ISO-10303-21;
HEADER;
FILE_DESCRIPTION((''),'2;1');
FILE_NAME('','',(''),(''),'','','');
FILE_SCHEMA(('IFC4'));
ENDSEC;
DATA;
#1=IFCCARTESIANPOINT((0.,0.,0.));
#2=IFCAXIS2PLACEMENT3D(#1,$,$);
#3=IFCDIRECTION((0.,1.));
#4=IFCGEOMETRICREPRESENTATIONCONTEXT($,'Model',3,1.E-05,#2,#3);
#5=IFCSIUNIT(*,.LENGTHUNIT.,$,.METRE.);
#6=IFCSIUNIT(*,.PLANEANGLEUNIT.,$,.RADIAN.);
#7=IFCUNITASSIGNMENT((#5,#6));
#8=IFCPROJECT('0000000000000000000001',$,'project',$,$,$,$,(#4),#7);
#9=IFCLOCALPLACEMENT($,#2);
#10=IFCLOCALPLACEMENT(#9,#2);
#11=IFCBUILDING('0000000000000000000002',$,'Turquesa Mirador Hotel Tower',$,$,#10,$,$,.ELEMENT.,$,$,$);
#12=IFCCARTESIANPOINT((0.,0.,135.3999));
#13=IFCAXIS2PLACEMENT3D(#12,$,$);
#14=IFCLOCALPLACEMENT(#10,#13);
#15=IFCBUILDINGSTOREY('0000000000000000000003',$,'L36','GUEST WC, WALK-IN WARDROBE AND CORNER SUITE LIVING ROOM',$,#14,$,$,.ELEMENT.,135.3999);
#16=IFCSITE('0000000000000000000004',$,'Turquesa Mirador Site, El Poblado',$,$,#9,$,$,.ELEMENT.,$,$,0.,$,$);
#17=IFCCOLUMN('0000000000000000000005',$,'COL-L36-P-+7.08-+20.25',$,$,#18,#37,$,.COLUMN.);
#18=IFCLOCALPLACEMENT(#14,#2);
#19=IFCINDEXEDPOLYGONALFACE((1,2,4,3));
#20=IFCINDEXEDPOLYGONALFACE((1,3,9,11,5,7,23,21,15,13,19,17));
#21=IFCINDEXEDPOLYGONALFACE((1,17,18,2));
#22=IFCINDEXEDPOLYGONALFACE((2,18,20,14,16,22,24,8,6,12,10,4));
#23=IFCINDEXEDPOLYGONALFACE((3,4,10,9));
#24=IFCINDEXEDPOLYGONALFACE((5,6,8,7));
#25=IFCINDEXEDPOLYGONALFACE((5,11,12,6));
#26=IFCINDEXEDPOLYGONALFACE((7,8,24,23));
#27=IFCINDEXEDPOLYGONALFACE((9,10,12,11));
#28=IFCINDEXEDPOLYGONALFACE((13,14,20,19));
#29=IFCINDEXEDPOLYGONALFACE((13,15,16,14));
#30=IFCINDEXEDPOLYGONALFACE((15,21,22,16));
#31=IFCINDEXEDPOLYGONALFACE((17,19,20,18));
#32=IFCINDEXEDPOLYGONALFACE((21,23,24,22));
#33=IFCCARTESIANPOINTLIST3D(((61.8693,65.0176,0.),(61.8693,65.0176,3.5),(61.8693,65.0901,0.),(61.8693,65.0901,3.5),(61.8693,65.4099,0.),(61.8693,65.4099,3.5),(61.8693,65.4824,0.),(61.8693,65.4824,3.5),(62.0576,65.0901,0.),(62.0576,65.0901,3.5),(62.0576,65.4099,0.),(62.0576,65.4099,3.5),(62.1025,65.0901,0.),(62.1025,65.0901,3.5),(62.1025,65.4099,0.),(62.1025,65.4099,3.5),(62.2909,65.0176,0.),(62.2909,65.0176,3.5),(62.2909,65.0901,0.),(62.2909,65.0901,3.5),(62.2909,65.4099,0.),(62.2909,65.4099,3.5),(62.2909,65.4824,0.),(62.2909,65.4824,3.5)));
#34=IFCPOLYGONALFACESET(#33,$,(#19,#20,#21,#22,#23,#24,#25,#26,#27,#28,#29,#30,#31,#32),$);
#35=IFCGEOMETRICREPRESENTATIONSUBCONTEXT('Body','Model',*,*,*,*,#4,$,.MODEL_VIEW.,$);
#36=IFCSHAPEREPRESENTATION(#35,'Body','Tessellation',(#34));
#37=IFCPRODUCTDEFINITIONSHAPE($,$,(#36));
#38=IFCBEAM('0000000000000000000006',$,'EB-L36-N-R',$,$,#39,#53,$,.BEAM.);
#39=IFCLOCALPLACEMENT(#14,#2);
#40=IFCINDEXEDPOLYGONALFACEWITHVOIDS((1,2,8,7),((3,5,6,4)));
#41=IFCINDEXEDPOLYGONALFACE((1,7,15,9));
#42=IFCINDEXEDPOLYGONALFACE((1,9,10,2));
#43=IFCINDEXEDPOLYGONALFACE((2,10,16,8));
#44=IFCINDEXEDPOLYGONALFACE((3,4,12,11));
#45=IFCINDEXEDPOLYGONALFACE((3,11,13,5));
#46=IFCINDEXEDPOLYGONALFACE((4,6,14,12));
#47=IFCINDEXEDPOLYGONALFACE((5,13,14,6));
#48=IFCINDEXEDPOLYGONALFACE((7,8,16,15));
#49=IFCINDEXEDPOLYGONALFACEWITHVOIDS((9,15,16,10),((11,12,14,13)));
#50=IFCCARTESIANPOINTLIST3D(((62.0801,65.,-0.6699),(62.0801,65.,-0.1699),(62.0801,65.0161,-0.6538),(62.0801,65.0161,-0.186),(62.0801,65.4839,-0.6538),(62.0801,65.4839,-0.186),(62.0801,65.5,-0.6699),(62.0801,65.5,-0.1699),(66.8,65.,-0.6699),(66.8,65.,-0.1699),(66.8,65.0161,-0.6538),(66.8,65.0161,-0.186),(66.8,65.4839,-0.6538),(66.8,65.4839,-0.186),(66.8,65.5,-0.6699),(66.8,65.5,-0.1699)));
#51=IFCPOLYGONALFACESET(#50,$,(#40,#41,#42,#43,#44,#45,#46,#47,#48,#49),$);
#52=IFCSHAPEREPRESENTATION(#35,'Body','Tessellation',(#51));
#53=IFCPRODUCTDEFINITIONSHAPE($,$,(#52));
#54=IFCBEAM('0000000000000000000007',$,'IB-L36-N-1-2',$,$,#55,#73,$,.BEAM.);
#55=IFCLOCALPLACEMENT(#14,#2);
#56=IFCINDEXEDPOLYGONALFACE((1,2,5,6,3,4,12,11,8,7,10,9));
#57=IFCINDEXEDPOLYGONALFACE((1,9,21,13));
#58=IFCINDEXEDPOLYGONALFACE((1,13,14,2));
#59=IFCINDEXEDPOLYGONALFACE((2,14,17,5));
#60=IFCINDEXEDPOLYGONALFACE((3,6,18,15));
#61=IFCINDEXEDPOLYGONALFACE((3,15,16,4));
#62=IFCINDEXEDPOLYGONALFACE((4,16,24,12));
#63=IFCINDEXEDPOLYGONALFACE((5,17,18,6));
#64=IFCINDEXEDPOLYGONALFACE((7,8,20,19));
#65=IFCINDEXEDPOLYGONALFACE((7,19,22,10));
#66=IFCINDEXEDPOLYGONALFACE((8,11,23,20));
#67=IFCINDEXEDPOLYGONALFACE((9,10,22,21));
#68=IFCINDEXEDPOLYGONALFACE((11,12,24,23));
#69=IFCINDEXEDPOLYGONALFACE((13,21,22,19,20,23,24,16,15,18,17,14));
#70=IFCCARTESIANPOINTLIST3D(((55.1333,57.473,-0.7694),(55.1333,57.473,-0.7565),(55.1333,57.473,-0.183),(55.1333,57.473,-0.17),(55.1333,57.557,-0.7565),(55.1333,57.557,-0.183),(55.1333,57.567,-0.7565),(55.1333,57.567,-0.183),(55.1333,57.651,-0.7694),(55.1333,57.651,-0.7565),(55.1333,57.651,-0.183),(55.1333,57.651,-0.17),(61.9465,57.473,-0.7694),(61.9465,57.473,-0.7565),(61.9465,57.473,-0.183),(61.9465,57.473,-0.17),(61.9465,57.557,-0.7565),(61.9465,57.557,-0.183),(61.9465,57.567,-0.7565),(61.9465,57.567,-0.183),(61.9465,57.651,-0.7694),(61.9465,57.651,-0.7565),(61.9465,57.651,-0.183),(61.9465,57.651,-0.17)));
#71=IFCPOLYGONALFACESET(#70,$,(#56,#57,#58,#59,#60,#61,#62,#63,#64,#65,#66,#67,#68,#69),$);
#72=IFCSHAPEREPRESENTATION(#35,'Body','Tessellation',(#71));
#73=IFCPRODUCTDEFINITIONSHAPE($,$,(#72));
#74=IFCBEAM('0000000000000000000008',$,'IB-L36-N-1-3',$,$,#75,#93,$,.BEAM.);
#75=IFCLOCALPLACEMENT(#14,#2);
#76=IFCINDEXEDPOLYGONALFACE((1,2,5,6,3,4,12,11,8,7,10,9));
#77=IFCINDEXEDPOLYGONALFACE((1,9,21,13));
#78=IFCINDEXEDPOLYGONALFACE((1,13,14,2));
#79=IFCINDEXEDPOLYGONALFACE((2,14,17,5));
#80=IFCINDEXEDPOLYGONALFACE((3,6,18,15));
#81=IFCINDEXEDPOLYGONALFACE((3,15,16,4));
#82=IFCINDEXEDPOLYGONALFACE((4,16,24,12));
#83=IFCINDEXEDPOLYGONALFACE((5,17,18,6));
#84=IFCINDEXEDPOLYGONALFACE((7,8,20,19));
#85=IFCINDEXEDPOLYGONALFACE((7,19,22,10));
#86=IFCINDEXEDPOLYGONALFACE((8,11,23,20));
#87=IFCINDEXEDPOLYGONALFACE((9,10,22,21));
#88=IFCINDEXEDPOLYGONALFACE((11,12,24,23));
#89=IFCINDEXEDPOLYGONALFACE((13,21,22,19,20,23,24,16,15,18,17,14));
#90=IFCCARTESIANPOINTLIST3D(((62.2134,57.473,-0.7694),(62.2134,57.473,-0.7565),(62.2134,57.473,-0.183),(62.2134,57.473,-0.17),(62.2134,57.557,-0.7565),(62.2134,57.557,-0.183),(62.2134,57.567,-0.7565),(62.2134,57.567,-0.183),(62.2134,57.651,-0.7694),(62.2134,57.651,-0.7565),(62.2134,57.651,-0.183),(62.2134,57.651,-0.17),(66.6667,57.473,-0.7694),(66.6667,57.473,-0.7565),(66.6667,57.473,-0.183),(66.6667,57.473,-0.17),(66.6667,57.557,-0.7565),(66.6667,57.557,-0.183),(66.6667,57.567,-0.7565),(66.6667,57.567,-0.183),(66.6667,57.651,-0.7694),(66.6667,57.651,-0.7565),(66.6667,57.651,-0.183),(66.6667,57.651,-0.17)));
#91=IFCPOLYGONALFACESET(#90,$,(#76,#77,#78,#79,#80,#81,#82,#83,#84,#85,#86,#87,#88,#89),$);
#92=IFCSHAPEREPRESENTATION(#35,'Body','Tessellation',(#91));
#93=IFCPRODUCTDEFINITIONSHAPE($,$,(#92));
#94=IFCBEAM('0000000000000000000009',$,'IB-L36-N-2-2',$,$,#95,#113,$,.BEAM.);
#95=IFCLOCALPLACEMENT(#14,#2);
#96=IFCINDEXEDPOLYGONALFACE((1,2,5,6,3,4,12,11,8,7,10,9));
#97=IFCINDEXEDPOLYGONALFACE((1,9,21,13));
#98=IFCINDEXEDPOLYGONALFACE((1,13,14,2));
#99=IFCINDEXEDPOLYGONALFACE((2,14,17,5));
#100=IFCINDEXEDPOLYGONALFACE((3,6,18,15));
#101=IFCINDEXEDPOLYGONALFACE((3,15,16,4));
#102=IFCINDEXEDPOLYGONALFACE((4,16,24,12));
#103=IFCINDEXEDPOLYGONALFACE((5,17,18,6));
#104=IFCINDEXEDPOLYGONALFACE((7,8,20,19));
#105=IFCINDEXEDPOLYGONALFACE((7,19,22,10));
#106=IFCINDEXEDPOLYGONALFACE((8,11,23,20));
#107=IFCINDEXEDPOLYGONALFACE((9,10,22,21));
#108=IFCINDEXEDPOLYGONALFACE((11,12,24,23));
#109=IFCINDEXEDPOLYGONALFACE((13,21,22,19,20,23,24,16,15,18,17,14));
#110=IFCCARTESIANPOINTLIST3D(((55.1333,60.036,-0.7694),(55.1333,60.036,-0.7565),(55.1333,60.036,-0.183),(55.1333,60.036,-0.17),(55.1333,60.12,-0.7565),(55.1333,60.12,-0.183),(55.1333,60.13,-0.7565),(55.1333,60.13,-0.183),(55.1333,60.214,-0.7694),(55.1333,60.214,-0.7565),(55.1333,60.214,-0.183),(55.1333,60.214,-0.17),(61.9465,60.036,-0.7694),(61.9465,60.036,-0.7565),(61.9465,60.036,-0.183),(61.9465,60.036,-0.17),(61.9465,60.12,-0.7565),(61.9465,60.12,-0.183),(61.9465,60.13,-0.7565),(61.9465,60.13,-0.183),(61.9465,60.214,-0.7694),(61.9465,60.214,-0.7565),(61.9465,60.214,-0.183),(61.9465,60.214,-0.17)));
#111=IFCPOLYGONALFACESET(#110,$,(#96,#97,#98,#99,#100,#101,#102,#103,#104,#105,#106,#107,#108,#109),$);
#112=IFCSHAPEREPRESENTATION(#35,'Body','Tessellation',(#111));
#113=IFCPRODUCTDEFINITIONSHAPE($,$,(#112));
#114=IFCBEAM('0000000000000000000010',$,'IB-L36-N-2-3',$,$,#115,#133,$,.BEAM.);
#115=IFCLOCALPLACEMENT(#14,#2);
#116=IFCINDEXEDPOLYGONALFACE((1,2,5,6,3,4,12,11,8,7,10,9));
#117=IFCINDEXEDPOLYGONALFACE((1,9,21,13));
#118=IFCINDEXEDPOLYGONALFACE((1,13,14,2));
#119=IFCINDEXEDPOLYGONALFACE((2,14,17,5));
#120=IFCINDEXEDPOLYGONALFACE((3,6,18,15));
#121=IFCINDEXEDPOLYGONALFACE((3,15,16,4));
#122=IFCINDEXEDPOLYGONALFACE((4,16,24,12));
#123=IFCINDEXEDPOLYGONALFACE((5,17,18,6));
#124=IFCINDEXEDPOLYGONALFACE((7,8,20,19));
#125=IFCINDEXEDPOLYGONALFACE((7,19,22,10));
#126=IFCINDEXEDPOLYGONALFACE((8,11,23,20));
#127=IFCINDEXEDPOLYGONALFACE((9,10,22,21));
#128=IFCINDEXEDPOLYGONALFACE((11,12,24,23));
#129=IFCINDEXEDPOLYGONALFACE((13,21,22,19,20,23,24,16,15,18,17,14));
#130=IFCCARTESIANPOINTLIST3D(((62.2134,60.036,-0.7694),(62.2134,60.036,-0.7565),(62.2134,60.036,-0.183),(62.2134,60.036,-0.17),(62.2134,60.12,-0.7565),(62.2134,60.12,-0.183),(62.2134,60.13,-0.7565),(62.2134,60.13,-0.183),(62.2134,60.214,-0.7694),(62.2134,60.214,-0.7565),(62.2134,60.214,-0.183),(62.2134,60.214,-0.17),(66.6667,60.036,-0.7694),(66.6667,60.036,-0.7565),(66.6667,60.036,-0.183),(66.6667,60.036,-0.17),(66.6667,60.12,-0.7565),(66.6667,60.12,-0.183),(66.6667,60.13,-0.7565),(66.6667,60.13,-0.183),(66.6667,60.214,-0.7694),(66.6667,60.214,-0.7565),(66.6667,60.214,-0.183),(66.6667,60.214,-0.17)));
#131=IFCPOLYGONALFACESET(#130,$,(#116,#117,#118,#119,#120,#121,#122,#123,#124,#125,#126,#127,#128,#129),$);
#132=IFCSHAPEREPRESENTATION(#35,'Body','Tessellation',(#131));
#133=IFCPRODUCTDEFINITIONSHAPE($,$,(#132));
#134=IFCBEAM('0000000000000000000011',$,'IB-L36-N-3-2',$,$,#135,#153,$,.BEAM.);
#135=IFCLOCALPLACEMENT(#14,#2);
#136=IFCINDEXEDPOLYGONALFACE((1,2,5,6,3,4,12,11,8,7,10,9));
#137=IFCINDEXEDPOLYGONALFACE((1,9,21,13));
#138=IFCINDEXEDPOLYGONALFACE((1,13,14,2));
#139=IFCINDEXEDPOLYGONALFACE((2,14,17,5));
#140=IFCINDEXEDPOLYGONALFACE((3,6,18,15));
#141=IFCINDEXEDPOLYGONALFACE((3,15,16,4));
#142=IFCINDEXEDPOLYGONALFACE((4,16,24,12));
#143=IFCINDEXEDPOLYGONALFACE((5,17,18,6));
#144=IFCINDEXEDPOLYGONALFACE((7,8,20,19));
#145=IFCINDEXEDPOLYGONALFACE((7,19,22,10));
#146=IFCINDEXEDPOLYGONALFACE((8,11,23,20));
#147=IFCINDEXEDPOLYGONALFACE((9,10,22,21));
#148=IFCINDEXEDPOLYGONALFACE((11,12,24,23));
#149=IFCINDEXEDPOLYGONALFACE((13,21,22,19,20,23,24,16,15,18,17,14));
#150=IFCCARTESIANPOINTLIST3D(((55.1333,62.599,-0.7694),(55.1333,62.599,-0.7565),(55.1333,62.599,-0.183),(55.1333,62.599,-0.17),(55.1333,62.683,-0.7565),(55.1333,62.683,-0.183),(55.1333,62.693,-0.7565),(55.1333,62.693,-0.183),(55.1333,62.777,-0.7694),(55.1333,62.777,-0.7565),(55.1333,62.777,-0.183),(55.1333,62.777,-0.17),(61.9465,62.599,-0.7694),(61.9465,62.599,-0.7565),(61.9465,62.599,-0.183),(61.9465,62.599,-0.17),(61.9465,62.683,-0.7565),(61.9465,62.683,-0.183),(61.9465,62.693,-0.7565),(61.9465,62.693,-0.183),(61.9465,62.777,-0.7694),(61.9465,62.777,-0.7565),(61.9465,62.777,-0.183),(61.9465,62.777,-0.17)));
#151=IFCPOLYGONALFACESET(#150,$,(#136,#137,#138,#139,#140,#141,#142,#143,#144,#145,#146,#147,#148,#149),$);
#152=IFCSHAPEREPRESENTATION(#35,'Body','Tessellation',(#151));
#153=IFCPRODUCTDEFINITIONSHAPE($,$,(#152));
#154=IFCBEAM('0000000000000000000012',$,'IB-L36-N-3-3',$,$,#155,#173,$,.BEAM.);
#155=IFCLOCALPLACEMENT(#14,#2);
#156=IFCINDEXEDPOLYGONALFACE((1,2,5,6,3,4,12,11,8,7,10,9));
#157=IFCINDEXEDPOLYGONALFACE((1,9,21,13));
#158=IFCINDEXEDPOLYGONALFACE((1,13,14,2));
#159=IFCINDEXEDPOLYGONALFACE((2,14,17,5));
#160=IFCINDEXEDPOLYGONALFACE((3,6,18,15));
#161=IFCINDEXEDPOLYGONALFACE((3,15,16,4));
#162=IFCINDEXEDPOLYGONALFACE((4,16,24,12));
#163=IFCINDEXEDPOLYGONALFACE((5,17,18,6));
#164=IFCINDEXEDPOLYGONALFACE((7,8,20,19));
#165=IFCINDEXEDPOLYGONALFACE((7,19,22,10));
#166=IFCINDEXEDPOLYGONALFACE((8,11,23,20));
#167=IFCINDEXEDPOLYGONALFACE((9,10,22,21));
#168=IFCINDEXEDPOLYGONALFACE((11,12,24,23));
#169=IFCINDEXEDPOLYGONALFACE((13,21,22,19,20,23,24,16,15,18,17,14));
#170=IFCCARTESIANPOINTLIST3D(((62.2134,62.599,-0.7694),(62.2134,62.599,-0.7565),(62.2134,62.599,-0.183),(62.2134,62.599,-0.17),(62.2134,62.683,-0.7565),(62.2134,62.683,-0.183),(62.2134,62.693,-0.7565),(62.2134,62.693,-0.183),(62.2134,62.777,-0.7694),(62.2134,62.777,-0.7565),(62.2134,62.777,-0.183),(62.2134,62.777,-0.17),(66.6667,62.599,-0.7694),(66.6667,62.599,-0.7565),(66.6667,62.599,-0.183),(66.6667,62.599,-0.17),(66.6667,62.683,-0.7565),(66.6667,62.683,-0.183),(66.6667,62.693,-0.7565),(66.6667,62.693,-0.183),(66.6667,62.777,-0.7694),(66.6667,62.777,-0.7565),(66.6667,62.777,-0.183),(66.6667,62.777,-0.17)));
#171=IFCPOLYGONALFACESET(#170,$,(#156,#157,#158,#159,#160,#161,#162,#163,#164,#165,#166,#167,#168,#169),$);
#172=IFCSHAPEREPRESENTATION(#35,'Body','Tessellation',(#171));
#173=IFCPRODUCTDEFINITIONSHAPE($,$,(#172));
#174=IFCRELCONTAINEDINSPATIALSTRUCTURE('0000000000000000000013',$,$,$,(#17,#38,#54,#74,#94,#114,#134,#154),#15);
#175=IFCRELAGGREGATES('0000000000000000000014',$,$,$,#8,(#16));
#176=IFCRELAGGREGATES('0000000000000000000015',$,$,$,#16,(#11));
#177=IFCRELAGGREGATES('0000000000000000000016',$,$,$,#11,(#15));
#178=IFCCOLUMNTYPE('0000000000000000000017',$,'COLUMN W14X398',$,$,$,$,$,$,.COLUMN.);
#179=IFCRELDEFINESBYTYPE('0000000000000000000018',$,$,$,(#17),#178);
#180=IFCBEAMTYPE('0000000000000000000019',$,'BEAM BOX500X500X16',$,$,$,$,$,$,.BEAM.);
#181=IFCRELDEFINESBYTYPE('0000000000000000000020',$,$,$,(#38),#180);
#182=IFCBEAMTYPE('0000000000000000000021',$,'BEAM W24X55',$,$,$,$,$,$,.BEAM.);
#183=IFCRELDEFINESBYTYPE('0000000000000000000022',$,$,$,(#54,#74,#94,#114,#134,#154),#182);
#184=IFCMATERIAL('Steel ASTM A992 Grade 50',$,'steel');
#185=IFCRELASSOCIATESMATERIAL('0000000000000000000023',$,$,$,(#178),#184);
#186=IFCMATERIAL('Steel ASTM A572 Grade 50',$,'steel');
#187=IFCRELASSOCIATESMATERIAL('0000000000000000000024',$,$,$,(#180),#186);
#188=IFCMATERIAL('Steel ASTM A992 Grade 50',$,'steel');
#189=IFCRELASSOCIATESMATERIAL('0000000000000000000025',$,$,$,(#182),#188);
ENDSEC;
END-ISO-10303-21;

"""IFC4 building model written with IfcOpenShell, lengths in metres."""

from ifc_helpers import new_model, si_unit, direction, frame, origin, origin_2d, place, context, subcontext, project, spatial, hollow_rectangle, i_section, extrude, material, material_profile, profile_set, type_object, element, save


model = new_model("IFC4")

# Units and contexts
model_context = context("Model", 3, precision=1e-05, world=origin(), true_north=direction((0.0, 1.0)))
body_context = subcontext(model_context, "Body", "Model", "MODEL_VIEW")
ifc_project = project(units=[si_unit("LENGTHUNIT", "METRE"), si_unit("PLANEANGLEUNIT", "RADIAN")], contexts=[model_context])

# Site, building, storey
site_placement = place(None, origin())
site = spatial("IfcSite", under=ifc_project, at=site_placement, Name="Turquesa Mirador Site, El Poblado", CompositionType="ELEMENT", RefElevation=0.0)
building_placement = place(site_placement, origin())
building = spatial("IfcBuilding", under=site, at=building_placement, Name="Turquesa Mirador Hotel Tower", CompositionType="ELEMENT")
storey_placement = place(building_placement, frame((0.0, 0.0, 135.3999)))
storey = spatial("IfcBuildingStorey", under=building, at=storey_placement, Name="L36", Description="GUEST WC, WALK-IN WARDROBE AND CORNER SUITE LIVING ROOM", CompositionType="ELEMENT", Elevation=135.3999)

# Column
ifc_material_1 = material(Name="Steel ASTM A992 Grade 50", Category="steel")
ifc_material_profile_1 = material_profile(ifc_material_1, i_section(OverallWidth=0.4216, OverallDepth=0.4648, WebThickness=0.0449, FlangeThickness=0.0725, at=origin_2d()), Name="W14X398")
ifc_profile_set_1 = profile_set([ifc_material_profile_1], Name="Steel ASTM A992 Grade 50")
column_type = type_object("IfcColumnType", Name="COLUMN W14X398", PredefinedType="COLUMN", material=ifc_profile_set_1)
column_placement = place(storey_placement, frame((62.0801, 65.25, 0.0), z_axis=(0.0, 0.0, 1.0), x_axis=(1.0, 0.0, 0.0)))
element("IfcColumn", 1, at=column_placement, inside=storey, type_object=column_type, Name="COL-L36-P-+7.08-+20.25", PredefinedType="COLUMN", context=body_context, shape_type="SweptSolid", body=[
    extrude(i_section(OverallWidth=0.4216, OverallDepth=0.4648, WebThickness=0.0449, FlangeThickness=0.0725, at=origin_2d()), origin(), (0.0, 0.0, 1.0), 3.5),
])

# Beams
ifc_material_2 = material(Name="Steel ASTM A572 Grade 50", Category="steel")
ifc_material_profile_2 = material_profile(ifc_material_2, hollow_rectangle(XDim=0.5, YDim=0.5, WallThickness=0.0161, at=origin_2d()), Name="BOX500X500X16")
ifc_profile_set_2 = profile_set([ifc_material_profile_2], Name="Steel ASTM A572 Grade 50")
beam_type_1 = type_object("IfcBeamType", Name="BEAM BOX500X500X16", PredefinedType="BEAM", material=ifc_profile_set_2)
beam_1_placement = place(storey_placement, frame((62.0801, 65.25, -0.4199), z_axis=(1.0, 0.0, 0.0), x_axis=(0.0, 1.0, 0.0)))
element("IfcBeam", 2, at=beam_1_placement, inside=storey, type_object=beam_type_1, Name="EB-L36-N-R", PredefinedType="BEAM", context=body_context, shape_type="SweptSolid", body=[
    extrude(hollow_rectangle(XDim=0.5, YDim=0.5, WallThickness=0.0161, at=origin_2d()), origin(), (0.0, 0.0, 1.0), 4.72),
])
ifc_material_3 = material(Name="Steel ASTM A992 Grade 50", Category="steel")
ifc_material_profile_3 = material_profile(ifc_material_3, i_section(OverallWidth=0.178, OverallDepth=0.5994, WebThickness=0.01, FlangeThickness=0.0129, at=origin_2d()), Name="W24X55")
ifc_profile_set_3 = profile_set([ifc_material_profile_3], Name="Steel ASTM A992 Grade 50")
beam_type_2 = type_object("IfcBeamType", Name="BEAM W24X55", PredefinedType="BEAM", material=ifc_profile_set_3)
beam_2_placement = place(storey_placement, frame((55.1333, 57.562, -0.4697), z_axis=(1.0, 0.0, 0.0), x_axis=(0.0, 1.0, 0.0)))
element("IfcBeam", 3, at=beam_2_placement, inside=storey, type_object=beam_type_2, Name="IB-L36-N-1-2", PredefinedType="BEAM", context=body_context, shape_type="SweptSolid", body=[
    extrude(i_section(OverallWidth=0.178, OverallDepth=0.5994, WebThickness=0.01, FlangeThickness=0.0129, at=origin_2d()), origin(), (0.0, 0.0, 1.0), 6.8132),
])
beam_3_placement = place(storey_placement, frame((62.2134, 57.562, -0.4697), z_axis=(1.0, 0.0, 0.0), x_axis=(0.0, 1.0, 0.0)))
element("IfcBeam", 4, at=beam_3_placement, inside=storey, type_object=beam_type_2, Name="IB-L36-N-1-3", PredefinedType="BEAM", context=body_context, shape_type="SweptSolid", body=[
    extrude(i_section(OverallWidth=0.178, OverallDepth=0.5994, WebThickness=0.01, FlangeThickness=0.0129, at=origin_2d()), origin(), (0.0, 0.0, 1.0), 4.4534),
])
beam_4_placement = place(storey_placement, frame((55.1333, 60.125, -0.4697), z_axis=(1.0, 0.0, 0.0), x_axis=(0.0, 1.0, 0.0)))
element("IfcBeam", 5, at=beam_4_placement, inside=storey, type_object=beam_type_2, Name="IB-L36-N-2-2", PredefinedType="BEAM", context=body_context, shape_type="SweptSolid", body=[
    extrude(i_section(OverallWidth=0.178, OverallDepth=0.5994, WebThickness=0.01, FlangeThickness=0.0129, at=origin_2d()), origin(), (0.0, 0.0, 1.0), 6.8132),
])
beam_5_placement = place(storey_placement, frame((62.2134, 60.125, -0.4697), z_axis=(1.0, 0.0, 0.0), x_axis=(0.0, 1.0, 0.0)))
element("IfcBeam", 6, at=beam_5_placement, inside=storey, type_object=beam_type_2, Name="IB-L36-N-2-3", PredefinedType="BEAM", context=body_context, shape_type="SweptSolid", body=[
    extrude(i_section(OverallWidth=0.178, OverallDepth=0.5994, WebThickness=0.01, FlangeThickness=0.0129, at=origin_2d()), origin(), (0.0, 0.0, 1.0), 4.4534),
])
beam_6_placement = place(storey_placement, frame((55.1333, 62.688, -0.4697), z_axis=(1.0, 0.0, 0.0), x_axis=(0.0, 1.0, 0.0)))
element("IfcBeam", 7, at=beam_6_placement, inside=storey, type_object=beam_type_2, Name="IB-L36-N-3-2", PredefinedType="BEAM", context=body_context, shape_type="SweptSolid", body=[
    extrude(i_section(OverallWidth=0.178, OverallDepth=0.5994, WebThickness=0.01, FlangeThickness=0.0129, at=origin_2d()), origin(), (0.0, 0.0, 1.0), 6.8132),
])
beam_7_placement = place(storey_placement, frame((62.2134, 62.688, -0.4697), z_axis=(1.0, 0.0, 0.0), x_axis=(0.0, 1.0, 0.0)))
element("IfcBeam", 8, at=beam_7_placement, inside=storey, type_object=beam_type_2, Name="IB-L36-N-3-3", PredefinedType="BEAM", context=body_context, shape_type="SweptSolid", body=[
    extrude(i_section(OverallWidth=0.178, OverallDepth=0.5994, WebThickness=0.01, FlangeThickness=0.0129, at=origin_2d()), origin(), (0.0, 0.0, 1.0), 4.4534),
])

save(model, "model.ifc")
